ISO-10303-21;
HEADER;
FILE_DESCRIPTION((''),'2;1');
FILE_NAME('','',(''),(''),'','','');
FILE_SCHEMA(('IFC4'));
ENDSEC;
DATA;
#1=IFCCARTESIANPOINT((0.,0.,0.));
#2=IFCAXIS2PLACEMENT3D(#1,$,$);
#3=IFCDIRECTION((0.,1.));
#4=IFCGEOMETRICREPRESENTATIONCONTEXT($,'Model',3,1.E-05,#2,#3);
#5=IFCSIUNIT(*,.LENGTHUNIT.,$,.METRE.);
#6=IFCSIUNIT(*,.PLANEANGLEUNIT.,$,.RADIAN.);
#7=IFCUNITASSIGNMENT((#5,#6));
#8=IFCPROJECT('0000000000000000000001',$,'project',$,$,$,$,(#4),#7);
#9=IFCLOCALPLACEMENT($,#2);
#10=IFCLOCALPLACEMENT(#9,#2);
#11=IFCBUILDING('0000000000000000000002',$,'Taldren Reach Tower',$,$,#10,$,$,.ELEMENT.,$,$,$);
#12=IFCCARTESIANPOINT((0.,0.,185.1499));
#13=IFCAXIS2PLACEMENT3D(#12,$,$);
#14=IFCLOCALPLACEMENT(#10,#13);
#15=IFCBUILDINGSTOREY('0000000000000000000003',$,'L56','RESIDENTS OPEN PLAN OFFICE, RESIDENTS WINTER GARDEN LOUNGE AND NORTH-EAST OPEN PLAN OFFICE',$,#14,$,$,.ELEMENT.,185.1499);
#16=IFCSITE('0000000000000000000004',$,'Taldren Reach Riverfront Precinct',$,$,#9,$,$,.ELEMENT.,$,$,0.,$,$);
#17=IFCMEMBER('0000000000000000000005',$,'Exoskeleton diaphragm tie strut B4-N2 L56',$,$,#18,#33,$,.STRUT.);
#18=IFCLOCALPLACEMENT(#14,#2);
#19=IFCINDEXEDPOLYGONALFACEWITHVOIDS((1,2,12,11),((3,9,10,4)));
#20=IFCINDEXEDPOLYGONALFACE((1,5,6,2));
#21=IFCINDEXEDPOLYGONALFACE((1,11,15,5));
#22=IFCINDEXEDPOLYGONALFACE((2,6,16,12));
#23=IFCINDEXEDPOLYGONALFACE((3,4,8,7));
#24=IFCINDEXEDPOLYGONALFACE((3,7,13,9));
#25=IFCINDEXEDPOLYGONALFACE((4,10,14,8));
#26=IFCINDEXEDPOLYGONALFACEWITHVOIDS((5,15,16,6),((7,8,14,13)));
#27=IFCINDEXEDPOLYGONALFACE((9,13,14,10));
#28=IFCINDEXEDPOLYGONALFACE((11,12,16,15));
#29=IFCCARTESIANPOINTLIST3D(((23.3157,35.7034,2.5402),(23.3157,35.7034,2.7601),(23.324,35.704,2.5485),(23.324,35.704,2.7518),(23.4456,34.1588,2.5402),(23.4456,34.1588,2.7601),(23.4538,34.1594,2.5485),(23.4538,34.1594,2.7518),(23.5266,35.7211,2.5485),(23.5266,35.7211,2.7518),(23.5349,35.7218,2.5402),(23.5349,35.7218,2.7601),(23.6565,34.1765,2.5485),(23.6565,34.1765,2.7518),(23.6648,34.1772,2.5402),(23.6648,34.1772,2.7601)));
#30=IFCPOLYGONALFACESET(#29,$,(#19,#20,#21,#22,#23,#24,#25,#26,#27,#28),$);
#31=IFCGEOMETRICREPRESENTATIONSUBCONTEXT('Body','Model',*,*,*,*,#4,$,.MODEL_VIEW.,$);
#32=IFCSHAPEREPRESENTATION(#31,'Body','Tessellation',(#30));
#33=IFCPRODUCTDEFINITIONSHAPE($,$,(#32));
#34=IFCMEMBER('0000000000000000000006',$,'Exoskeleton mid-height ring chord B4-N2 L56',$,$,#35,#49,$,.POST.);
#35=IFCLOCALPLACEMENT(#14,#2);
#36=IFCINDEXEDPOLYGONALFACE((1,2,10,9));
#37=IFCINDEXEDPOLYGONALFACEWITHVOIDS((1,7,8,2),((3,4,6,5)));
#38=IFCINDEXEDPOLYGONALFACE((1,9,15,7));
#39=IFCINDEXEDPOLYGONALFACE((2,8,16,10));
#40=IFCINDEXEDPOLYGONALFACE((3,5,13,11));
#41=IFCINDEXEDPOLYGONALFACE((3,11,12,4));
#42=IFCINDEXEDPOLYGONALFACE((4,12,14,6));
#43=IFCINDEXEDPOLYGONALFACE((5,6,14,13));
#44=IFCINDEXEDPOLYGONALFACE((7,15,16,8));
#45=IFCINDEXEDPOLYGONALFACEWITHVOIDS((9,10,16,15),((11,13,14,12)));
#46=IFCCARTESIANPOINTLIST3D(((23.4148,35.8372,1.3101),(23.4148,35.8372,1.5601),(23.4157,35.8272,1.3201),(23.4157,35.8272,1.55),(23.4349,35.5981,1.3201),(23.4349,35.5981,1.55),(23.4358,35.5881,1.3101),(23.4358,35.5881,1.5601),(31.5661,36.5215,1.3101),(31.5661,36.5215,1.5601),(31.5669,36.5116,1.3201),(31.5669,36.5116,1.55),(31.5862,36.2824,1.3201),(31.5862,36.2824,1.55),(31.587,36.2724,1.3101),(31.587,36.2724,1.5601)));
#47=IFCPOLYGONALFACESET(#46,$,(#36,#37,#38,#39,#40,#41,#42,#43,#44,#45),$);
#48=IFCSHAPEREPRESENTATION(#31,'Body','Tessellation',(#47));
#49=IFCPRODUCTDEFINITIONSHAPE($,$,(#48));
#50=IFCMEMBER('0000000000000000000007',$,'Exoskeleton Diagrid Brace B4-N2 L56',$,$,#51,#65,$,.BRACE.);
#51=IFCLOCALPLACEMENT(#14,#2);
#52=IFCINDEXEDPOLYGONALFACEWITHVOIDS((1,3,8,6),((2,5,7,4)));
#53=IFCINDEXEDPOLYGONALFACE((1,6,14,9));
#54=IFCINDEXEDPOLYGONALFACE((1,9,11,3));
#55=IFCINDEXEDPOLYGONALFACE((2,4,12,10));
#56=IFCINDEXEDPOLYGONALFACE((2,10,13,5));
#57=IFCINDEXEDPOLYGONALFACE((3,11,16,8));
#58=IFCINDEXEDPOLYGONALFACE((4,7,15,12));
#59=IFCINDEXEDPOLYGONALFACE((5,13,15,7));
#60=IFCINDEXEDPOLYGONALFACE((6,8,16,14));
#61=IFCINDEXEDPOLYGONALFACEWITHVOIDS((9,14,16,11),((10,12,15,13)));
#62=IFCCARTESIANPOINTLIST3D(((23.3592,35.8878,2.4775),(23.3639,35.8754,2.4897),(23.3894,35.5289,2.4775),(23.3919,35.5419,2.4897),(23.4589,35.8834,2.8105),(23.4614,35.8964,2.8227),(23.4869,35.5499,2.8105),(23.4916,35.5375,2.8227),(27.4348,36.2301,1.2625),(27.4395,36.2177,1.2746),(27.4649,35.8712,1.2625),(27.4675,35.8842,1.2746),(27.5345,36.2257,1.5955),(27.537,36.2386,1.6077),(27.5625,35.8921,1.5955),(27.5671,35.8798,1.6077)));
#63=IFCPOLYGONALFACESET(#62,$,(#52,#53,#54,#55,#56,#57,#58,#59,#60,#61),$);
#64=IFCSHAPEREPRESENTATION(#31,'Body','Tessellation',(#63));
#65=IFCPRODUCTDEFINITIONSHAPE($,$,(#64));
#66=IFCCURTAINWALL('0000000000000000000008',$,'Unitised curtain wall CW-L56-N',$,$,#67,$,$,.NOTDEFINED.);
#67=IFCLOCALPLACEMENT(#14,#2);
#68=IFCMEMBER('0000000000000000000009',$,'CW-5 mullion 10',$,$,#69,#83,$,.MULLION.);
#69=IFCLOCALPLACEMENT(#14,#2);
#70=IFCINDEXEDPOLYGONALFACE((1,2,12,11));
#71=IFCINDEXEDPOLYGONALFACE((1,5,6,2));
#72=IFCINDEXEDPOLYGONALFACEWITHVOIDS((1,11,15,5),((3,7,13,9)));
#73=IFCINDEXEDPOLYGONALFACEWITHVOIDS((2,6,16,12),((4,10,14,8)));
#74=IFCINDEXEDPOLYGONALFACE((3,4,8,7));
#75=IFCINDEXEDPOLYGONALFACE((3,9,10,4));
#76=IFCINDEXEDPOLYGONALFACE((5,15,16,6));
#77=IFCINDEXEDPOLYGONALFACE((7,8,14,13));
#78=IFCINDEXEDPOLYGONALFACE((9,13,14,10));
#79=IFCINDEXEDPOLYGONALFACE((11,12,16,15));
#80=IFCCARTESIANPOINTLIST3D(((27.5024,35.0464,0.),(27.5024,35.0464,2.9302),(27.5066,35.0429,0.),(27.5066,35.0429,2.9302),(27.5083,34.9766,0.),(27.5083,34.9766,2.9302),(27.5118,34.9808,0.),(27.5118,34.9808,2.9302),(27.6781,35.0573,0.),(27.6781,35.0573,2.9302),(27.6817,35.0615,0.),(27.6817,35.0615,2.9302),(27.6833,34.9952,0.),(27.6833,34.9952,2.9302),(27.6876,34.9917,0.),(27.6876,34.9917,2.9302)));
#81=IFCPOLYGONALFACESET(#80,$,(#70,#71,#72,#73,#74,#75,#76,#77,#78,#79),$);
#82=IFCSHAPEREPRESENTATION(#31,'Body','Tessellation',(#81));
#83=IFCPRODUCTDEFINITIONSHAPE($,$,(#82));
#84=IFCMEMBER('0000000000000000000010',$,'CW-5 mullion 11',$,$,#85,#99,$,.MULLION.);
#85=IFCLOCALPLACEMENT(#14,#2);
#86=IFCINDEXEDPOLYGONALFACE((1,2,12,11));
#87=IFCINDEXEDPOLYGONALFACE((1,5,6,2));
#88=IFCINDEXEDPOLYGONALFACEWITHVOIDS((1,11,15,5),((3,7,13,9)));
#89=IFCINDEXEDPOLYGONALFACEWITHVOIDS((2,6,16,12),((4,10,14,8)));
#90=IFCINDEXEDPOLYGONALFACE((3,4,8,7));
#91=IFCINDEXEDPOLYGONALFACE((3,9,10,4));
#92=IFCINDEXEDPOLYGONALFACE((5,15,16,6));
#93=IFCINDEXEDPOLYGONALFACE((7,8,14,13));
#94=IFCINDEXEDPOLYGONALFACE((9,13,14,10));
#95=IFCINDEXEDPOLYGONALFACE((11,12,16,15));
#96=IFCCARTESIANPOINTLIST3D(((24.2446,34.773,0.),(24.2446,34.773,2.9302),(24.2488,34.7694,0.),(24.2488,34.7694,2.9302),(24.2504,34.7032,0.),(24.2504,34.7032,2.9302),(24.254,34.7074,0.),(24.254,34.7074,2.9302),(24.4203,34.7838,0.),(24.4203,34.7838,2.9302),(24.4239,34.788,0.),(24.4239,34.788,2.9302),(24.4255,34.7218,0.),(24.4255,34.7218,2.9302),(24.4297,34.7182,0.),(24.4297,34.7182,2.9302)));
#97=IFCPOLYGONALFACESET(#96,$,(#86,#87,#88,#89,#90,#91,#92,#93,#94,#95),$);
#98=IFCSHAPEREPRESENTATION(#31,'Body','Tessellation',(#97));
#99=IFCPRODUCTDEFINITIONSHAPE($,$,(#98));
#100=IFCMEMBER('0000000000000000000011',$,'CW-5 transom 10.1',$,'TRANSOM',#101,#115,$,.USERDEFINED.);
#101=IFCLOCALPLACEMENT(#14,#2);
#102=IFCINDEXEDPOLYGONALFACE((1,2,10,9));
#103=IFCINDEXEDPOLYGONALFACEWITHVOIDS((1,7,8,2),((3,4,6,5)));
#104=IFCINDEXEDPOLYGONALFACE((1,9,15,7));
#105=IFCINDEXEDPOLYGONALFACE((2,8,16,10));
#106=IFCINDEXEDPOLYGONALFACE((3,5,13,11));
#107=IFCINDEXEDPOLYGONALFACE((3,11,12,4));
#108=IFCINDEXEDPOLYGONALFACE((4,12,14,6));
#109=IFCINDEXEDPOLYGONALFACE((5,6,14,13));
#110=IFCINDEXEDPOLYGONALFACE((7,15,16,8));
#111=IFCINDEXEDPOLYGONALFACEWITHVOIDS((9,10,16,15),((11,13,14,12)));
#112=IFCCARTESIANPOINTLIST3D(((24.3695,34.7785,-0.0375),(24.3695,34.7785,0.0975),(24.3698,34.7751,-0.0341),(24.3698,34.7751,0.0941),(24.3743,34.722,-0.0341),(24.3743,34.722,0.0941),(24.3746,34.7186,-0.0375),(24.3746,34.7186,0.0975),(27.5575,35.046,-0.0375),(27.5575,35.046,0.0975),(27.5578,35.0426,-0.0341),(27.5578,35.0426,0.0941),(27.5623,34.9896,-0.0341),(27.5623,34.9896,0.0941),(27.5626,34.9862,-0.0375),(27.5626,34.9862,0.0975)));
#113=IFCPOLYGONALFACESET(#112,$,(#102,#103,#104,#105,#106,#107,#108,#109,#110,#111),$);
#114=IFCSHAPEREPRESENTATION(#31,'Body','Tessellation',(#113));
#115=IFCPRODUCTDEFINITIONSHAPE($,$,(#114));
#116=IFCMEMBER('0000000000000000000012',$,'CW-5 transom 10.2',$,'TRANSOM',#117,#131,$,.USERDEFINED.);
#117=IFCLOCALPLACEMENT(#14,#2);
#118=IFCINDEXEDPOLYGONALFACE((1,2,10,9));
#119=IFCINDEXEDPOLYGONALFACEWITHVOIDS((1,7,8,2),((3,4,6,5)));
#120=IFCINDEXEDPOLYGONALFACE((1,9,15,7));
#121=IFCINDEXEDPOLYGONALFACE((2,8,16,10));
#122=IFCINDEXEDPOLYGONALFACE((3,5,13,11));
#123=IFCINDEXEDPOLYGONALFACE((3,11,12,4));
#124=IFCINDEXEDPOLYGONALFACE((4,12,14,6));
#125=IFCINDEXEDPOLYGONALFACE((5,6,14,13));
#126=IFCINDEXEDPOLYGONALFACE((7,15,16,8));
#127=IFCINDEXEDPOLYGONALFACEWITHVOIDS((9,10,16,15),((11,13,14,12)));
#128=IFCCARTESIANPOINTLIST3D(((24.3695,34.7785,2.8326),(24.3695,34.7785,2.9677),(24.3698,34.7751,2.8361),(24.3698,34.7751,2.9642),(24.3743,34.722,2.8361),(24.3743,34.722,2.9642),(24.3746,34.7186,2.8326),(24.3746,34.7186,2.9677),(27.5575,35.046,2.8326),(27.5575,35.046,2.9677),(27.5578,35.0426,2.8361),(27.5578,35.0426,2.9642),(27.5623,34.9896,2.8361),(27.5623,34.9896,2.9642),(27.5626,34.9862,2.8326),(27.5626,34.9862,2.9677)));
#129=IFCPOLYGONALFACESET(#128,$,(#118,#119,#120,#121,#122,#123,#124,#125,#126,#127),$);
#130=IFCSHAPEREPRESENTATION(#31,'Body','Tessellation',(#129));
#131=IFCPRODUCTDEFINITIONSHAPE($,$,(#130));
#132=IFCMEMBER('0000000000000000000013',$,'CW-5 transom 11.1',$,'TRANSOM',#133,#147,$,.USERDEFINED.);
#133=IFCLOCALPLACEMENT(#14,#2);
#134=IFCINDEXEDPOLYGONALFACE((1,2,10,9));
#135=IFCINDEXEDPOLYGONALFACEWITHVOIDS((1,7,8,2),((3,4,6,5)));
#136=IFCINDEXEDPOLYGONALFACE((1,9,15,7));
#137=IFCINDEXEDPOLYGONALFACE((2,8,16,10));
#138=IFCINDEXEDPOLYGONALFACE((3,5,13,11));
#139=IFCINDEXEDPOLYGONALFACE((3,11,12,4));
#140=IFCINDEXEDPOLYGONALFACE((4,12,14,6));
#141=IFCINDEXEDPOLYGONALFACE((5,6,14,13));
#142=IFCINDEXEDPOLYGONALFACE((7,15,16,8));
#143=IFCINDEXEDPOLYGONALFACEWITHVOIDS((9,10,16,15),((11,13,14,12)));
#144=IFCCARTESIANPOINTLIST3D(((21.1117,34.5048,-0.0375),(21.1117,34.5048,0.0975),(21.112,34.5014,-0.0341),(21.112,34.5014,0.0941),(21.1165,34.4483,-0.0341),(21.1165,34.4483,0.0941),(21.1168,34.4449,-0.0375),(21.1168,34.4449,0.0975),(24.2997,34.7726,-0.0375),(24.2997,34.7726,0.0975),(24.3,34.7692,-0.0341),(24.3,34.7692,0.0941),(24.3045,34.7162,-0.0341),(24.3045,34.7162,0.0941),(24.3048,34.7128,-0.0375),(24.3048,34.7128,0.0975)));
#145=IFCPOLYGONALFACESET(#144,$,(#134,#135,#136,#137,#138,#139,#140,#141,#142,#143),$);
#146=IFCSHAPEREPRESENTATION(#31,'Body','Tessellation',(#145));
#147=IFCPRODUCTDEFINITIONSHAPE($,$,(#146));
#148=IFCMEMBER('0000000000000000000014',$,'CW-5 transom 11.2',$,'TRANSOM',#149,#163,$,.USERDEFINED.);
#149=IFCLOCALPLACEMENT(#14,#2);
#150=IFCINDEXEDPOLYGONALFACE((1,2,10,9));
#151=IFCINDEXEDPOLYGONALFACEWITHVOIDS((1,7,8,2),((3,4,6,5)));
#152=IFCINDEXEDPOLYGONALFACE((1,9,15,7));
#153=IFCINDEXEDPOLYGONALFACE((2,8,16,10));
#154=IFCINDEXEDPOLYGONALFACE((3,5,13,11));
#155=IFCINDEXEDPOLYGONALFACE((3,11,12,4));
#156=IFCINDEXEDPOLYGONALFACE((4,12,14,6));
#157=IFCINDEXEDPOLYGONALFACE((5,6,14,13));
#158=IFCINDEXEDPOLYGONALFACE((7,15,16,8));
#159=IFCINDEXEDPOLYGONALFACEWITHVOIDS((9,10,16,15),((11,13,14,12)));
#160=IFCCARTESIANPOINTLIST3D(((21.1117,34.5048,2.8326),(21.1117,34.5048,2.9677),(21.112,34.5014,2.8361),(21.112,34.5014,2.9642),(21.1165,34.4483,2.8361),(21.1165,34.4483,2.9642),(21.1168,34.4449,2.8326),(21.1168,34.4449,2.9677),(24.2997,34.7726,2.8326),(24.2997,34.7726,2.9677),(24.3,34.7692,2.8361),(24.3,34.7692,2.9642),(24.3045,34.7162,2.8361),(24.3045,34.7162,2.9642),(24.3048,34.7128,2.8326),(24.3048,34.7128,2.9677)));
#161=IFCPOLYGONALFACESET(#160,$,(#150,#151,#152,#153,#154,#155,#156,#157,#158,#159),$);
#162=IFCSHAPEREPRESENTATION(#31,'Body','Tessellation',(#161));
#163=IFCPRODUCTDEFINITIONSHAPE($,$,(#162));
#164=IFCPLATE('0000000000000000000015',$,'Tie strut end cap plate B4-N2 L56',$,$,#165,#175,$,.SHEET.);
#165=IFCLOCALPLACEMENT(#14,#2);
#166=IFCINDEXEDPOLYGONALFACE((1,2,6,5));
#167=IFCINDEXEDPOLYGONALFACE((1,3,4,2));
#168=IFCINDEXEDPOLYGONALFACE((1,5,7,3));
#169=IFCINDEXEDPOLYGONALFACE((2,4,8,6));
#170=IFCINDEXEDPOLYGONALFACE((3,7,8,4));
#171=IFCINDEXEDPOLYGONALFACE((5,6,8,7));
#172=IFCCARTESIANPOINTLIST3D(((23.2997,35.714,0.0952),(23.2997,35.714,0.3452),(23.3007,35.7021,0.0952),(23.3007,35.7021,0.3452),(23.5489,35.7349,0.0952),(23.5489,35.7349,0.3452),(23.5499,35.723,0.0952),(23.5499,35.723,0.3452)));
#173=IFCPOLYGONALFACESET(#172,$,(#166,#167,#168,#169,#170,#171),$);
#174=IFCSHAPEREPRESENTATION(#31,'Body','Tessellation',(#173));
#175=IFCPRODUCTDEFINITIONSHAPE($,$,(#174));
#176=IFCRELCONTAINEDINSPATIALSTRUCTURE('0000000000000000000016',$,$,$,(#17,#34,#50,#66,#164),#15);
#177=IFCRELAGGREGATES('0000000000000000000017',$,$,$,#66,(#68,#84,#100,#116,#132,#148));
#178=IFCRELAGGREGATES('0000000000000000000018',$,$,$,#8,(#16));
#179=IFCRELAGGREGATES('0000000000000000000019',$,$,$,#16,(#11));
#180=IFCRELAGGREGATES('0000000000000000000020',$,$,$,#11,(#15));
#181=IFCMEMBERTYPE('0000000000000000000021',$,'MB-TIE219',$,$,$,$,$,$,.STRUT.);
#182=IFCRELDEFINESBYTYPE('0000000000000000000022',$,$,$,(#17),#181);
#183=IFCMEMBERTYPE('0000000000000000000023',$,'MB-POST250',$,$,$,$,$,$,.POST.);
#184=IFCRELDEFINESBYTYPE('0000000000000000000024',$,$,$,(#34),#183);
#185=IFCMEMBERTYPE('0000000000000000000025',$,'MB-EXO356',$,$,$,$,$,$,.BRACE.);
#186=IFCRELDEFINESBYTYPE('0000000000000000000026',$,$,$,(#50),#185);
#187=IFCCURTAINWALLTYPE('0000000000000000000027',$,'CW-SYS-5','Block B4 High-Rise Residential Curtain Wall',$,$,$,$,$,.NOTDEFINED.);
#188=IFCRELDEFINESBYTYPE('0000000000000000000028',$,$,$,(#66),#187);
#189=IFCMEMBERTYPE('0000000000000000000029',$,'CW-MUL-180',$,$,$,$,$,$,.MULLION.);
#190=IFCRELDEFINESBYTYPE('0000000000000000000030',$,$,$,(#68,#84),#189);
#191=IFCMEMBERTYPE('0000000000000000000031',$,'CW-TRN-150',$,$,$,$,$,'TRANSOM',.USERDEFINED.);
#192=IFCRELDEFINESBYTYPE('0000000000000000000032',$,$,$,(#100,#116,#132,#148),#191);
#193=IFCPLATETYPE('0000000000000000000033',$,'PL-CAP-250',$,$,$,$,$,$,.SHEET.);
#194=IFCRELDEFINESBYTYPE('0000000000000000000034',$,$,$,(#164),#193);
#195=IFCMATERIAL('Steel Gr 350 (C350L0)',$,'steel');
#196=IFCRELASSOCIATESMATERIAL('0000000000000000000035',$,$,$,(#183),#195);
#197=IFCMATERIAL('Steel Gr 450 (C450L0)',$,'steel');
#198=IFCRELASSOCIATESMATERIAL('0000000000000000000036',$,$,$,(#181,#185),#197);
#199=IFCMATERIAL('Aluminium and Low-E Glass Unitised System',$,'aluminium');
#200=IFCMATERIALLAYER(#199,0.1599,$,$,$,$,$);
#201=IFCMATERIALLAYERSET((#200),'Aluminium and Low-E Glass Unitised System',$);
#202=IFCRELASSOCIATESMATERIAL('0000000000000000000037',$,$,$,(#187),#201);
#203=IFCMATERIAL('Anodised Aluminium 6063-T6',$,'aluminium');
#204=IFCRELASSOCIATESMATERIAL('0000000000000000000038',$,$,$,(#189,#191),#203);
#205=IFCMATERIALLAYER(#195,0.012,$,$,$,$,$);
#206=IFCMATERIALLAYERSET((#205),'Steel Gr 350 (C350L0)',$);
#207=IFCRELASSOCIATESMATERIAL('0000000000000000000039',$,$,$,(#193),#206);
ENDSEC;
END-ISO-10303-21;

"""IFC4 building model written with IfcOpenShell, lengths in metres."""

from ifc_helpers import new_model, si_unit, direction, frame, origin, origin_2d, place, context, subcontext, project, spatial, rectangle, hollow_rectangle, extrude, source, transform, mapped, material, layer, layer_set, material_profile, profile_set, type_object, element, aggregate, save


model = new_model("IFC4")

# Units and contexts
model_context = context("Model", 3, precision=1e-05, world=origin(), true_north=direction((0.0, 1.0)))
body_context = subcontext(model_context, "Body", "Model", "MODEL_VIEW")
ifc_project = project(units=[si_unit("LENGTHUNIT", "METRE"), si_unit("PLANEANGLEUNIT", "RADIAN")], contexts=[model_context])

# Site, building, storey
site_placement = place(None, origin())
site = spatial("IfcSite", under=ifc_project, at=site_placement, Name="Taldren Reach Riverfront Precinct", CompositionType="ELEMENT", RefElevation=0.0)
building_placement = place(site_placement, origin())
building = spatial("IfcBuilding", under=site, at=building_placement, Name="Taldren Reach Tower", CompositionType="ELEMENT")
storey_placement = place(building_placement, frame((0.0, 0.0, 185.1499)))
storey = spatial("IfcBuildingStorey", under=building, at=storey_placement, Name="L56", Description="RESIDENTS OPEN PLAN OFFICE, RESIDENTS WINTER GARDEN LOUNGE AND NORTH-EAST OPEN PLAN OFFICE", CompositionType="ELEMENT", Elevation=185.1499)

# Shared definitions
ifc_material_1 = material(Name="Steel Gr 450 (C450L0)", Category="steel")

# Shared definitions
ifc_material_2 = material(Name="Steel Gr 350 (C350L0)", Category="steel")
ifc_material_profile_1 = material_profile(ifc_material_2, hollow_rectangle(XDim=0.25, YDim=0.25, WallThickness=0.01, at=origin_2d()), Name="250x250x10.0SHS")
ifc_profile_set_1 = profile_set([ifc_material_profile_1], Name="Steel Gr 350 (C350L0)")
member_type_1 = type_object("IfcMemberType", Name="MB-POST250", PredefinedType="POST", material=ifc_profile_set_1)

# Members
ifc_material_profile_2 = material_profile(ifc_material_1, hollow_rectangle(XDim=0.22, YDim=0.22, WallThickness=0.0083, at=origin_2d()), Name="220x220x8.2SHS")
ifc_profile_set_2 = profile_set([ifc_material_profile_2], Name="Steel Gr 450 (C450L0)")
member_type_2 = type_object("IfcMemberType", Name="MB-TIE219", PredefinedType="STRUT", material=ifc_profile_set_2)
shared_shape_1 = source(origin(), body_context, "Body", "SweptSolid", [
    extrude(hollow_rectangle(XDim=0.22, YDim=0.22, WallThickness=0.0083, at=origin_2d()), origin(), (0.0, 0.0, 1.0), 1.55),
])
member_1_placement = place(storey_placement, frame((23.5552, 34.168, 2.6501), z_axis=(-0.083788, 0.996484, 0.0), x_axis=(-0.996484, -0.083788, 0.0)))
element("IfcMember", 1, at=member_1_placement, inside=storey, type_object=member_type_2, Name="Exoskeleton diaphragm tie strut B4-N2 L56", PredefinedType="STRUT", context=body_context, shape_type="MappedRepresentation", body=[
    mapped(shared_shape_1, transform((0.0, 0.0, 0.0), scale=1.0)),
])
shared_shape_2 = source(origin(), body_context, "Body", "SweptSolid", [
    extrude(hollow_rectangle(XDim=0.25, YDim=0.25, WallThickness=0.01, at=origin_2d()), origin(), (0.0, 0.0, 1.0), 8.1799),
])
member_2_placement = place(storey_placement, frame((23.4253, 35.7126, 1.4351), z_axis=(0.996495, 0.083658, 0.0), x_axis=(-0.083658, 0.996495, 0.0)))
element("IfcMember", 2, at=member_2_placement, inside=storey, type_object=member_type_1, Name="Exoskeleton mid-height ring chord B4-N2 L56", PredefinedType="POST", context=body_context, shape_type="MappedRepresentation", body=[
    mapped(shared_shape_2, transform((0.0, 0.0, 0.0), scale=1.0)),
])
ifc_material_profile_3 = material_profile(ifc_material_1, hollow_rectangle(XDim=0.3601, YDim=0.3601, WallThickness=0.0127, at=origin_2d()), Name="360x360x12.7SHS")
ifc_profile_set_3 = profile_set([ifc_material_profile_3], Name="Steel Gr 450 (C450L0)")
member_type_3 = type_object("IfcMemberType", Name="MB-EXO356", PredefinedType="BRACE", material=ifc_profile_set_3)
shared_shape_3 = source(origin(), body_context, "Body", "SweptSolid", [
    extrude(hollow_rectangle(XDim=0.3601, YDim=0.3601, WallThickness=0.0127, at=origin_2d()), origin(), (0.0, 0.0, 1.0), 4.2666),
])
member_3_placement = place(storey_placement, frame((27.501, 36.0549, 1.4351), z_axis=(-0.955229, -0.080222, 0.284783), x_axis=(0.083688, -0.996492, 0.0)))
element("IfcMember", 3, at=member_3_placement, inside=storey, type_object=member_type_3, Name="Exoskeleton Diagrid Brace B4-N2 L56", PredefinedType="BRACE", context=body_context, shape_type="MappedRepresentation", body=[
    mapped(shared_shape_3, transform((0.0, 0.0, 0.0), scale=1.0)),
])

# Curtain wall, members
ifc_material_3 = material(Name="Aluminium and Low-E Glass Unitised System", Category="aluminium")
ifc_layer_1 = layer(ifc_material_3, 0.1599)
ifc_layer_set_1 = layer_set([ifc_layer_1], Name="Aluminium and Low-E Glass Unitised System")
curtain_wall_type = type_object("IfcCurtainWallType", Name="CW-SYS-5", Description="Block B4 High-Rise Residential Curtain Wall", PredefinedType="NOTDEFINED", material=ifc_layer_set_1)
curtain_wall_placement = place(storey_placement, origin())
curtain_wall = element("IfcCurtainWall", 4, at=curtain_wall_placement, inside=storey, type_object=curtain_wall_type, Name="Unitised curtain wall CW-L56-N", PredefinedType="NOTDEFINED")
ifc_material_4 = material(Name="Anodised Aluminium 6063-T6", Category="aluminium")
ifc_material_profile_4 = material_profile(ifc_material_4, hollow_rectangle(XDim=0.0701, YDim=0.1799, WallThickness=0.0039, at=origin_2d()), Name="ALU-180x70x4RHS")
ifc_profile_set_4 = profile_set([ifc_material_profile_4], Name="Anodised Aluminium 6063-T6")
member_type_4 = type_object("IfcMemberType", Name="CW-MUL-180", PredefinedType="MULLION", material=ifc_profile_set_4)
shared_shape_4 = source(origin(), body_context, "Body", "SweptSolid", [
    extrude(hollow_rectangle(XDim=0.0701, YDim=0.1799, WallThickness=0.0039, at=origin_2d()), origin(), (0.0, 0.0, 1.0), 2.9302),
])
member_4_placement = place(storey_placement, frame((27.595, 35.019, 0.0), z_axis=(0.0, 0.0, 1.0), x_axis=(0.083678, -0.996493, 0.0)))
member_4 = element("IfcMember", 5, at=member_4_placement, type_object=member_type_4, Name="CW-5 mullion 10", PredefinedType="MULLION", context=body_context, shape_type="MappedRepresentation", body=[
    mapped(shared_shape_4, transform((0.0, 0.0, 0.0), scale=1.0)),
])
member_5_placement = place(storey_placement, frame((24.3372, 34.7456, 0.0), z_axis=(0.0, 0.0, 1.0), x_axis=(0.083678, -0.996493, 0.0)))
member_5 = element("IfcMember", 6, at=member_5_placement, type_object=member_type_4, Name="CW-5 mullion 11", PredefinedType="MULLION", context=body_context, shape_type="MappedRepresentation", body=[
    mapped(shared_shape_4, transform((0.0, 0.0, 0.0), scale=1.0)),
])
ifc_material_profile_5 = material_profile(ifc_material_4, hollow_rectangle(XDim=0.0601, YDim=0.135, WallThickness=0.0034, at=origin_2d()), Name="ALU-135x60x3.5RHS")
ifc_profile_set_5 = profile_set([ifc_material_profile_5], Name="Anodised Aluminium 6063-T6")
member_type_5 = type_object("IfcMemberType", Name="CW-TRN-150", ElementType="TRANSOM", PredefinedType="USERDEFINED", material=ifc_profile_set_5)
shared_shape_5 = source(origin(), body_context, "Body", "SweptSolid", [
    extrude(hollow_rectangle(XDim=0.0601, YDim=0.135, WallThickness=0.0034, at=origin_2d()), origin(), (0.0, 0.0, 1.0), 3.1992),
])
member_6_placement = place(storey_placement, frame((27.5601, 35.0161, 0.03), z_axis=(-0.996496, -0.083639, 0.0), x_axis=(0.083639, -0.996496, 0.0)))
member_6 = element("IfcMember", 7, at=member_6_placement, type_object=member_type_5, Name="CW-5 transom 10.1", ObjectType="TRANSOM", PredefinedType="USERDEFINED", context=body_context, shape_type="MappedRepresentation", body=[
    mapped(shared_shape_5, transform((0.0, 0.0, 0.0), scale=1.0)),
])
member_7_placement = place(storey_placement, frame((27.5601, 35.0161, 2.9001), z_axis=(-0.996496, -0.083639, 0.0), x_axis=(0.083639, -0.996496, 0.0)))
member_7 = element("IfcMember", 8, at=member_7_placement, type_object=member_type_5, Name="CW-5 transom 10.2", ObjectType="TRANSOM", PredefinedType="USERDEFINED", context=body_context, shape_type="MappedRepresentation", body=[
    mapped(shared_shape_5, transform((0.0, 0.0, 0.0), scale=1.0)),
])
member_8_placement = place(storey_placement, frame((24.3022, 34.7427, 0.03), z_axis=(-0.99649, -0.083715, 0.0), x_axis=(0.083715, -0.99649, 0.0)))
member_8 = element("IfcMember", 9, at=member_8_placement, type_object=member_type_5, Name="CW-5 transom 11.1", ObjectType="TRANSOM", PredefinedType="USERDEFINED", context=body_context, shape_type="MappedRepresentation", body=[
    mapped(shared_shape_5, transform((0.0, 0.0, 0.0), scale=1.0)),
])
member_9_placement = place(storey_placement, frame((24.3022, 34.7427, 2.9001), z_axis=(-0.99649, -0.083715, 0.0), x_axis=(0.083715, -0.99649, 0.0)))
member_9 = element("IfcMember", 10, at=member_9_placement, type_object=member_type_5, Name="CW-5 transom 11.2", ObjectType="TRANSOM", PredefinedType="USERDEFINED", context=body_context, shape_type="MappedRepresentation", body=[
    mapped(shared_shape_5, transform((0.0, 0.0, 0.0), scale=1.0)),
])

# Plate
ifc_layer_2 = layer(ifc_material_2, 0.012)
ifc_layer_set_2 = layer_set([ifc_layer_2], Name="Steel Gr 350 (C350L0)")
plate_type_1 = type_object("IfcPlateType", Name="PL-CAP-250", PredefinedType="SHEET", material=ifc_layer_set_2)
shared_shape_6 = source(origin(), body_context, "Body", "SweptSolid", [
    extrude(rectangle(XDim=0.25, YDim=0.012, at=origin_2d()), origin(), (0.0, 0.0, 1.0), 0.25),
])
plate_1_placement = place(storey_placement, frame((23.4248, 35.7185, 0.0952), z_axis=(0.0, 0.0, 1.0), x_axis=(0.996493, 0.083678, 0.0)))
element("IfcPlate", 11, at=plate_1_placement, inside=storey, type_object=plate_type_1, Name="Tie strut end cap plate B4-N2 L56", PredefinedType="SHEET", context=body_context, shape_type="MappedRepresentation", body=[
    mapped(shared_shape_6, transform((0.0, 0.0, 0.0), scale=1.0)),
])
aggregate(curtain_wall, [member_4, member_5, member_6, member_7, member_8, member_9])

save(model, "model.ifc")
